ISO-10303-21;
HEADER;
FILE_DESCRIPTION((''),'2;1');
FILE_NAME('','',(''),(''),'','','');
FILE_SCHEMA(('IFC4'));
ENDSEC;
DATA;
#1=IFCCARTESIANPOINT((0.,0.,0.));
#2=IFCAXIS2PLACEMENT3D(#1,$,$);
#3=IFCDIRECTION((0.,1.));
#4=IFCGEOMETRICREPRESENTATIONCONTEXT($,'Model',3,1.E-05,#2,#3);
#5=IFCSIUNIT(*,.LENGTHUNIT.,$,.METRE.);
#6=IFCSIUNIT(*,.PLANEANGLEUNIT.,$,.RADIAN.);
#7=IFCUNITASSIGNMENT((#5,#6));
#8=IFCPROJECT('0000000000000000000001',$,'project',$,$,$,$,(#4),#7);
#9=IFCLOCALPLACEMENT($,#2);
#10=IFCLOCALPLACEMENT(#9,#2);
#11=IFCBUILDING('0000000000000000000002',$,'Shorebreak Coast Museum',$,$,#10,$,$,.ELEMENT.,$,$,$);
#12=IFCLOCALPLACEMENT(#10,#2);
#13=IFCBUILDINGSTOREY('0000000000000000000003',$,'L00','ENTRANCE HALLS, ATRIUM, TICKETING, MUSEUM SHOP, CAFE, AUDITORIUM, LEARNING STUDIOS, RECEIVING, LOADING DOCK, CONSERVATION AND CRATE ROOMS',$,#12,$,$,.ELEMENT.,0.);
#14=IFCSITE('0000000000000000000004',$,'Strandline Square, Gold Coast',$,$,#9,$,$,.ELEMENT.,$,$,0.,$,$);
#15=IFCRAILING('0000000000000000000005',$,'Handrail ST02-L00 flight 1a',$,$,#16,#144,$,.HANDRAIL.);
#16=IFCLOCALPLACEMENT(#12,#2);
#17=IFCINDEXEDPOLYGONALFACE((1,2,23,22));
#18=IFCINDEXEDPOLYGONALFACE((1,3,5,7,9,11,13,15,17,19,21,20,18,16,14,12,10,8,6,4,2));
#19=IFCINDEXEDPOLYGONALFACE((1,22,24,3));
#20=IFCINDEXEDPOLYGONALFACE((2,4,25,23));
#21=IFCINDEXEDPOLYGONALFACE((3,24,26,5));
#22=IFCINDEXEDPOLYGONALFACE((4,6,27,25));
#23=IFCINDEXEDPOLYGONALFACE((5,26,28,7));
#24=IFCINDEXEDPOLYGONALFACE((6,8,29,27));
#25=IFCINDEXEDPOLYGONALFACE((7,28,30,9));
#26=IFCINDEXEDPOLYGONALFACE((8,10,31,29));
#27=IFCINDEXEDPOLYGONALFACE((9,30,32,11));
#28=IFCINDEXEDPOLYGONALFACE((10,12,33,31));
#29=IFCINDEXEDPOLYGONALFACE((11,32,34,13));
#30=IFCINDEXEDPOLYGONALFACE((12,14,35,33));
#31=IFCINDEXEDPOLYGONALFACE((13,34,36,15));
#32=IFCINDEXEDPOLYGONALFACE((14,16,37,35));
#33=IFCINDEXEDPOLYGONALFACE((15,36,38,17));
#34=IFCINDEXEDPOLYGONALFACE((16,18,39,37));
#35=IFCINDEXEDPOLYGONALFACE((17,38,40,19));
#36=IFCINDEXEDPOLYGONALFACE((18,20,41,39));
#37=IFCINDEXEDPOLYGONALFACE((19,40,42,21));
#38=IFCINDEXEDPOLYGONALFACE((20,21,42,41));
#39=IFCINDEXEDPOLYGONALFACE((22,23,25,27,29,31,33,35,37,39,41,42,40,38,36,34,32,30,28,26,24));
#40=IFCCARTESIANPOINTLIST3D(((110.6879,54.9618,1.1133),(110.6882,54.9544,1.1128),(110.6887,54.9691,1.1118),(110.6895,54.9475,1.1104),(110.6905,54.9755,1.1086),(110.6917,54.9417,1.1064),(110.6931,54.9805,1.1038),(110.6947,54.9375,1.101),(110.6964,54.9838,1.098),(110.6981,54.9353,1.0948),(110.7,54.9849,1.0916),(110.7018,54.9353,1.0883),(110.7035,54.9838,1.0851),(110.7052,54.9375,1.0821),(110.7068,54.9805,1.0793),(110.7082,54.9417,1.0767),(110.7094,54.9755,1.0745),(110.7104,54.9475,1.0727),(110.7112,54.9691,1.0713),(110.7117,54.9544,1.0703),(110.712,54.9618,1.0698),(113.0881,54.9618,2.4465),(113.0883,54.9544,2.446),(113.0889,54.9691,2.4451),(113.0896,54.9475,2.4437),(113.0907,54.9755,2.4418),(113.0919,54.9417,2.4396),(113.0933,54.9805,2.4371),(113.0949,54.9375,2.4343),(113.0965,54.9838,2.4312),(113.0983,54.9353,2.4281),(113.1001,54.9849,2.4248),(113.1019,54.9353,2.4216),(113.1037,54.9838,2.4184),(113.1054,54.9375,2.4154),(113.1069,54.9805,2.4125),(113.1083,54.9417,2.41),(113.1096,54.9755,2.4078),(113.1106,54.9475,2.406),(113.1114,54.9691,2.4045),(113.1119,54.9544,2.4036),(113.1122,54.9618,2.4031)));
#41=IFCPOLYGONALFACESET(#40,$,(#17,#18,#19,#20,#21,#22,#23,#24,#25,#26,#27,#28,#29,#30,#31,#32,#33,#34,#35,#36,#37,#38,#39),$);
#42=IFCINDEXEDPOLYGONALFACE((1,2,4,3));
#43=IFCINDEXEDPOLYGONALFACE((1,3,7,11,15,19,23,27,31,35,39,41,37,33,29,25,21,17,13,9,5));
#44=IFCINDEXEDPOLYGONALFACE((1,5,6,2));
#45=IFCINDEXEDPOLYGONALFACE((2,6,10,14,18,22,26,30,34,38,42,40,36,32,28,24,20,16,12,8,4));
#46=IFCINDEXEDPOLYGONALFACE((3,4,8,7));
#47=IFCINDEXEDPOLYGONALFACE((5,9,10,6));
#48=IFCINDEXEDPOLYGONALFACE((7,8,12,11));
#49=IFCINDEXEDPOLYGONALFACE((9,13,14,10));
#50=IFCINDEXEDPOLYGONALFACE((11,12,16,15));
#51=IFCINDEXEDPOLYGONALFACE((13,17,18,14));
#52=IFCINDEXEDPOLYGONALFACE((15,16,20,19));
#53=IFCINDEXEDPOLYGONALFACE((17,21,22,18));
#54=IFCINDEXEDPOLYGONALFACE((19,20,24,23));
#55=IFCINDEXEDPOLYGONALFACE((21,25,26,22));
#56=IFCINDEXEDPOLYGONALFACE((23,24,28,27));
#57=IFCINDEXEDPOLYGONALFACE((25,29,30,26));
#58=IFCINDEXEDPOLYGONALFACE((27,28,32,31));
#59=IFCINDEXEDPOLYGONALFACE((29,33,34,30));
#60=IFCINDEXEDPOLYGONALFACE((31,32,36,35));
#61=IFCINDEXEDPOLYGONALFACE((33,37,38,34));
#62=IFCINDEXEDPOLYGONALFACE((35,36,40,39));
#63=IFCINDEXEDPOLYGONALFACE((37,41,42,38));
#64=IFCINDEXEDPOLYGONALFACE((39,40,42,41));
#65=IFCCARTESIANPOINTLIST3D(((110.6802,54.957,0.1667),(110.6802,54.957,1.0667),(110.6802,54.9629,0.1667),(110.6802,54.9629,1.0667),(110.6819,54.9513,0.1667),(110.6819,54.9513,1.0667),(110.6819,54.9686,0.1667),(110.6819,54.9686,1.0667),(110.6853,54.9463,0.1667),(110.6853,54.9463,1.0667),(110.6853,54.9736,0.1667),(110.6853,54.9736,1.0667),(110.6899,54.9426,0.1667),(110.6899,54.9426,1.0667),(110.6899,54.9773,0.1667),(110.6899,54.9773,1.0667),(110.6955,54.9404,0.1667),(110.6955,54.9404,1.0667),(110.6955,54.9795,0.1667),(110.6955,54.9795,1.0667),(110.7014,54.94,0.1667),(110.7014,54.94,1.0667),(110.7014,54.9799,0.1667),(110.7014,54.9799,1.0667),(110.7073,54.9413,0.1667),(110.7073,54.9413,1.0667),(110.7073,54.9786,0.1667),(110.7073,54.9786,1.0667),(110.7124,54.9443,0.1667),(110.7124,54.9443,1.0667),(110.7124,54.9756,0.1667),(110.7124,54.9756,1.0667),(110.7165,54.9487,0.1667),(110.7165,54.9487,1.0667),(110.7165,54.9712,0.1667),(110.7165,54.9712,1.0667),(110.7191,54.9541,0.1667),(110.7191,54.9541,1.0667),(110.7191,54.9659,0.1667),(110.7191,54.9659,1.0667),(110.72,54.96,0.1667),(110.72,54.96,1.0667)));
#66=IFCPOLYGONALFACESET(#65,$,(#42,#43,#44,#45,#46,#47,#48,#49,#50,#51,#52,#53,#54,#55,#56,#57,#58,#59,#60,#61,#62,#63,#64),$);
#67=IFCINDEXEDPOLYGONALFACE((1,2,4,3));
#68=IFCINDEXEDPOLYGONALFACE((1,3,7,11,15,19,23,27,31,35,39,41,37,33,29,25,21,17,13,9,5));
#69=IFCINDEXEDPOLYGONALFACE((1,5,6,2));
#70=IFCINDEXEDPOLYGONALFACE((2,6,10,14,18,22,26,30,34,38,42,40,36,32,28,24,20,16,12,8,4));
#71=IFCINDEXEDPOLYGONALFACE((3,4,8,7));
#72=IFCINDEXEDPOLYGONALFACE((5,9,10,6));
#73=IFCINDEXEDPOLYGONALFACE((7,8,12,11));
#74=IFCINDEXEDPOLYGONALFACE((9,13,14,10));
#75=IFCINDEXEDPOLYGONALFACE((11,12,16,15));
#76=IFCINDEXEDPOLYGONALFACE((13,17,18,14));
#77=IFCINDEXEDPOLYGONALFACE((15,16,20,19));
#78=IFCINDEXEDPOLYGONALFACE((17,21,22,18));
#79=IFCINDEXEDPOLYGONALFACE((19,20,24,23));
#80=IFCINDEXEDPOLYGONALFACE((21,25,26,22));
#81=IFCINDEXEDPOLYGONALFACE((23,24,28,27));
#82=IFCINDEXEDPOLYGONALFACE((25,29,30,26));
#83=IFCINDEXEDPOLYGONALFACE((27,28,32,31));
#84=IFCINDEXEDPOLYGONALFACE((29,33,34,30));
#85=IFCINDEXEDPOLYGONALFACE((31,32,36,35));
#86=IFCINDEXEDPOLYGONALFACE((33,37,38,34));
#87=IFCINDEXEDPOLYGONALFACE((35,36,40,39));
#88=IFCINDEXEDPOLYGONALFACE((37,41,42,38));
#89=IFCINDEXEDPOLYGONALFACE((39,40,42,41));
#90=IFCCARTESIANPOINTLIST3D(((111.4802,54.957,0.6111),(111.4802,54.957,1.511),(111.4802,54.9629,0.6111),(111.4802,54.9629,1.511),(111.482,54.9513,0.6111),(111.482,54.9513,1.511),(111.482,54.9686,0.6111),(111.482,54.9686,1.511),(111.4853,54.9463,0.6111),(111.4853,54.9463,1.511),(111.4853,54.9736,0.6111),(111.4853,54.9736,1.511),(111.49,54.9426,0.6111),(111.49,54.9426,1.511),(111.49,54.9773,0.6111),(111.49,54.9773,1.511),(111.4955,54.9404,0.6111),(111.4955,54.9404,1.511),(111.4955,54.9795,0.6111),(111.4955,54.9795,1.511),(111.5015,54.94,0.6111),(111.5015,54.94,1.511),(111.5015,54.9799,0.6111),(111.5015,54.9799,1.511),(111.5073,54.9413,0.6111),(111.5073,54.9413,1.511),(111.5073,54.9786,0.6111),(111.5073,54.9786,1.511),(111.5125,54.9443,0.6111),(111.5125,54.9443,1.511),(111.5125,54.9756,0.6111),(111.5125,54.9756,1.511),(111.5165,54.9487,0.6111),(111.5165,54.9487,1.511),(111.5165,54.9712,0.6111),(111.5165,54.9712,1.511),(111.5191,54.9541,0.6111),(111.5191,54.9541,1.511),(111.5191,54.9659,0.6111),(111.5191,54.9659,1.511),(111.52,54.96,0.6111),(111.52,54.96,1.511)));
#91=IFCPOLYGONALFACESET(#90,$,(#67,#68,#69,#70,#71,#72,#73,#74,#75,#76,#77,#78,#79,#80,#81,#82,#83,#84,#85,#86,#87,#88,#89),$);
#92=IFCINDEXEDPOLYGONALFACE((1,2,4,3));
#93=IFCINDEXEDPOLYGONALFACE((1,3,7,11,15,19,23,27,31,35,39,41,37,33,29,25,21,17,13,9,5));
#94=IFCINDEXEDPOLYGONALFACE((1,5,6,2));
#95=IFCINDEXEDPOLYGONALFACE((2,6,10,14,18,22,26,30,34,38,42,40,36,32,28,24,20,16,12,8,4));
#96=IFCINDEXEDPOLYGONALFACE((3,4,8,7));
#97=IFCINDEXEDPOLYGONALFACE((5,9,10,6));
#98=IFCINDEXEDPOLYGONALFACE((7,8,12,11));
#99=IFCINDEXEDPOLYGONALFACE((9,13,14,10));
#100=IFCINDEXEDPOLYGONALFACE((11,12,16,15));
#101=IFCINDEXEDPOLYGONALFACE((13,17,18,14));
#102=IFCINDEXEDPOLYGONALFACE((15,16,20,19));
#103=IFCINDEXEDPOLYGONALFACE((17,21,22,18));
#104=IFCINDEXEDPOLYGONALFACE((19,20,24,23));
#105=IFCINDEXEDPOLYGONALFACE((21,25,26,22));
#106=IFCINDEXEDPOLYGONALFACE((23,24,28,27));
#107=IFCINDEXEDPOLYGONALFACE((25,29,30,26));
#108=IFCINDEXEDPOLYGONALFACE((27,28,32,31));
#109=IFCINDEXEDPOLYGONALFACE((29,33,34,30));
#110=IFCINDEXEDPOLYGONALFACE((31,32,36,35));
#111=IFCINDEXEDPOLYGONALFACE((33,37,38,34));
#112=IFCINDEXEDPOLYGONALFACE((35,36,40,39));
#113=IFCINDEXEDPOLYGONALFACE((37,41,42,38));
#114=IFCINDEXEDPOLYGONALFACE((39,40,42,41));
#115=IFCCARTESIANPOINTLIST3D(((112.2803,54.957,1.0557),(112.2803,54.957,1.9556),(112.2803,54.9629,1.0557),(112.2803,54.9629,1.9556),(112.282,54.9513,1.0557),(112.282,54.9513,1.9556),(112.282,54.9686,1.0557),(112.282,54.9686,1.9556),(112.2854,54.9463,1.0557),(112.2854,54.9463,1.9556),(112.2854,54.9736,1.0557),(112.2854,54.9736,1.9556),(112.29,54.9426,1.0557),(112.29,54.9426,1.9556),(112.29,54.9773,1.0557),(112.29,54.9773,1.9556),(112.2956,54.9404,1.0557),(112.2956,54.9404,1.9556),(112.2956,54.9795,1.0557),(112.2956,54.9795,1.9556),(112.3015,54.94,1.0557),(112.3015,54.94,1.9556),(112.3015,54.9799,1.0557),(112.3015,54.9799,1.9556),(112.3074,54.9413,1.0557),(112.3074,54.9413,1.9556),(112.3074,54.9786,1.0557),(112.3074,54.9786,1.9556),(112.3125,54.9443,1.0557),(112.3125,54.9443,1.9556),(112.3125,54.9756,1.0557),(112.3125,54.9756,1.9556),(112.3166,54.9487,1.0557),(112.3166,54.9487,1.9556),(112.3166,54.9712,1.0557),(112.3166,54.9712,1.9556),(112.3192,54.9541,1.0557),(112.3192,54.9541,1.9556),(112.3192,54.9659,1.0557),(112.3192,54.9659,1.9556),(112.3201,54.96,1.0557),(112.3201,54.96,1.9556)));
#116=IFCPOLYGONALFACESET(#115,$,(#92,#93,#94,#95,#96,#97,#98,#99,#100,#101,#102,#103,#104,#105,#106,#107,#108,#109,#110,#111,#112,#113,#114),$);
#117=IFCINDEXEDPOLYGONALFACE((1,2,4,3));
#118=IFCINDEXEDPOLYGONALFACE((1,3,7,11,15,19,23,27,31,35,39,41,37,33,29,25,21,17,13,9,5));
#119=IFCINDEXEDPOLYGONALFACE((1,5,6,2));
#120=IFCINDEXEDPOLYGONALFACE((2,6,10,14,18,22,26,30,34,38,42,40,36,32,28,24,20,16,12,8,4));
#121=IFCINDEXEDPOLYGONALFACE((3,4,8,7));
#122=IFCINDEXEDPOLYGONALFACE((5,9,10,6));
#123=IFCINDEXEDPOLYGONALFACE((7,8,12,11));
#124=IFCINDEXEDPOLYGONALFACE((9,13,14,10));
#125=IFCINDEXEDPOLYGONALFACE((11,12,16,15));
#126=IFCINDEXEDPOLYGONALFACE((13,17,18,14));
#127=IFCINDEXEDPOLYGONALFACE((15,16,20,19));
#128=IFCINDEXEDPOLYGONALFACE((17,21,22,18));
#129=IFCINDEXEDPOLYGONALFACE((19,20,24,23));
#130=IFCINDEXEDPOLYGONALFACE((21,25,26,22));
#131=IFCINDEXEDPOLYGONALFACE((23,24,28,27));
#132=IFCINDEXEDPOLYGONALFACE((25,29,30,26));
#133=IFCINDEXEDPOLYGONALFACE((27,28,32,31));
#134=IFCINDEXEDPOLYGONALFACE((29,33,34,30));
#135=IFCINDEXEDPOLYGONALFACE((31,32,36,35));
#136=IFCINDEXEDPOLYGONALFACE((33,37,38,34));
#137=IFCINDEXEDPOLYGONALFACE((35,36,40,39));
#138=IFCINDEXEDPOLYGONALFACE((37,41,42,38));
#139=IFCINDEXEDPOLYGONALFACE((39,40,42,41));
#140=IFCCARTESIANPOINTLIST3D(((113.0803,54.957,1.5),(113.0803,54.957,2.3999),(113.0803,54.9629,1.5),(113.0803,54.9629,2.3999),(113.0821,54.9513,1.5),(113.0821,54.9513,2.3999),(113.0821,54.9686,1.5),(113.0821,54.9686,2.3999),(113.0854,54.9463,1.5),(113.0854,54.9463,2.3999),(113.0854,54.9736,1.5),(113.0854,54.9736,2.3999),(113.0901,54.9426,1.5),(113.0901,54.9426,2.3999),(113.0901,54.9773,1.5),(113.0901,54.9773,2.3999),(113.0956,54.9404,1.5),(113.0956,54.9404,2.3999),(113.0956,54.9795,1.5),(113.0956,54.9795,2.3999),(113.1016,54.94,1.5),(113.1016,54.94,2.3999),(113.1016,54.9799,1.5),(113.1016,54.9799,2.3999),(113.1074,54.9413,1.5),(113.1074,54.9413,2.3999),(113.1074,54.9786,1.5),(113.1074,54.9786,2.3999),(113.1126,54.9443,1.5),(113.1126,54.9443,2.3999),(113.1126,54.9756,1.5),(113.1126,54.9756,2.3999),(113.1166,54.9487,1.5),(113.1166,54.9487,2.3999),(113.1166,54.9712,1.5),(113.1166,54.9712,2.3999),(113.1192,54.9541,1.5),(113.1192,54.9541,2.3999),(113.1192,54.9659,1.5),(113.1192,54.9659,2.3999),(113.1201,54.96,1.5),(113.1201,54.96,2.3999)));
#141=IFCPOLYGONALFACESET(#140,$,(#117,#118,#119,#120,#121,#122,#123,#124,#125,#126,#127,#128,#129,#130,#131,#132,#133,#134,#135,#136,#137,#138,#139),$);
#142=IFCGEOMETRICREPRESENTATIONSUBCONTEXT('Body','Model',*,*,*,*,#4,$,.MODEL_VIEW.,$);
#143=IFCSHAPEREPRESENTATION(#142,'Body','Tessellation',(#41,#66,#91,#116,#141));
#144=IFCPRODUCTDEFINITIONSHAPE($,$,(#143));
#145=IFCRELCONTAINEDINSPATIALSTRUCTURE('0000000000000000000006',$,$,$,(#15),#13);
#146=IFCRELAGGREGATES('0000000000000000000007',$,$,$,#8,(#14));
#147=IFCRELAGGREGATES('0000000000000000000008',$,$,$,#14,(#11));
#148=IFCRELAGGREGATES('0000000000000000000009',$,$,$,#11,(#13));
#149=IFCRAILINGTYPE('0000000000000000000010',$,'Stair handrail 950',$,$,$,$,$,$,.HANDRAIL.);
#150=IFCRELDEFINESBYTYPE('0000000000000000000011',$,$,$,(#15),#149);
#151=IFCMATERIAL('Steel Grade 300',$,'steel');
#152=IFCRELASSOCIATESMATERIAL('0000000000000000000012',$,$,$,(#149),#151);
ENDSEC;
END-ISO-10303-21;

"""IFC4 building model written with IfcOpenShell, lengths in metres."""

from ifc_helpers import new_model, si_unit, direction, frame, origin, origin_2d, place, context, subcontext, project, spatial, circle, extrude, material, type_object, element, save


model = new_model("IFC4")

# Units and contexts
model_context = context("Model", 3, precision=1e-05, world=origin(), true_north=direction((0.0, 1.0)))
body_context = subcontext(model_context, "Body", "Model", "MODEL_VIEW")
ifc_project = project(units=[si_unit("LENGTHUNIT", "METRE"), si_unit("PLANEANGLEUNIT", "RADIAN")], contexts=[model_context])

# Site, building, storey
site_placement = place(None, origin())
site = spatial("IfcSite", under=ifc_project, at=site_placement, Name="Strandline Square, Gold Coast", CompositionType="ELEMENT", RefElevation=0.0)
building_placement = place(site_placement, origin())
building = spatial("IfcBuilding", under=site, at=building_placement, Name="Shorebreak Coast Museum", CompositionType="ELEMENT")
storey_placement = place(building_placement, origin())
storey = spatial("IfcBuildingStorey", under=building, at=storey_placement, Name="L00", Description="ENTRANCE HALLS, ATRIUM, TICKETING, MUSEUM SHOP, CAFE, AUDITORIUM, LEARNING STUDIOS, RECEIVING, LOADING DOCK, CONSERVATION AND CRATE ROOMS", CompositionType="ELEMENT", Elevation=0.0)

# Railing
ifc_material_1 = material(Name="Steel Grade 300", Category="steel")
railing_type_1 = type_object("IfcRailingType", Name="Stair handrail 950", PredefinedType="HANDRAIL", material=ifc_material_1)
railing_1_placement = place(storey_placement, frame((110.7, 54.96, 0.1667)))
element("IfcRailing", 1, at=railing_1_placement, inside=storey, type_object=railing_type_1, Name="Handrail ST02-L00 flight 1a", PredefinedType="HANDRAIL", context=body_context, shape_type="SweptSolid", body=[
    extrude(circle(Radius=0.0249, at=origin_2d()), frame((0.0, 0.0, 0.9248), z_axis=(0.874182, 0.0, 0.485598), x_axis=(0.0, 1.0, 0.0)), (0.0, 0.0, 1.0), 2.7456),
    extrude(circle(Radius=0.02, at=origin_2d()), origin(), (0.0, 0.0, 1.0), 0.8999),
    extrude(circle(Radius=0.02, at=origin_2d()), frame((0.8, 0.0, 0.4443)), (0.0, 0.0, 1.0), 0.8999),
    extrude(circle(Radius=0.02, at=origin_2d()), frame((1.6001, 0.0, 0.8889)), (0.0, 0.0, 1.0), 0.8999),
    extrude(circle(Radius=0.02, at=origin_2d()), frame((2.4001, 0.0, 1.3333)), (0.0, 0.0, 1.0), 0.8999),
])

save(model, "model.ifc")
